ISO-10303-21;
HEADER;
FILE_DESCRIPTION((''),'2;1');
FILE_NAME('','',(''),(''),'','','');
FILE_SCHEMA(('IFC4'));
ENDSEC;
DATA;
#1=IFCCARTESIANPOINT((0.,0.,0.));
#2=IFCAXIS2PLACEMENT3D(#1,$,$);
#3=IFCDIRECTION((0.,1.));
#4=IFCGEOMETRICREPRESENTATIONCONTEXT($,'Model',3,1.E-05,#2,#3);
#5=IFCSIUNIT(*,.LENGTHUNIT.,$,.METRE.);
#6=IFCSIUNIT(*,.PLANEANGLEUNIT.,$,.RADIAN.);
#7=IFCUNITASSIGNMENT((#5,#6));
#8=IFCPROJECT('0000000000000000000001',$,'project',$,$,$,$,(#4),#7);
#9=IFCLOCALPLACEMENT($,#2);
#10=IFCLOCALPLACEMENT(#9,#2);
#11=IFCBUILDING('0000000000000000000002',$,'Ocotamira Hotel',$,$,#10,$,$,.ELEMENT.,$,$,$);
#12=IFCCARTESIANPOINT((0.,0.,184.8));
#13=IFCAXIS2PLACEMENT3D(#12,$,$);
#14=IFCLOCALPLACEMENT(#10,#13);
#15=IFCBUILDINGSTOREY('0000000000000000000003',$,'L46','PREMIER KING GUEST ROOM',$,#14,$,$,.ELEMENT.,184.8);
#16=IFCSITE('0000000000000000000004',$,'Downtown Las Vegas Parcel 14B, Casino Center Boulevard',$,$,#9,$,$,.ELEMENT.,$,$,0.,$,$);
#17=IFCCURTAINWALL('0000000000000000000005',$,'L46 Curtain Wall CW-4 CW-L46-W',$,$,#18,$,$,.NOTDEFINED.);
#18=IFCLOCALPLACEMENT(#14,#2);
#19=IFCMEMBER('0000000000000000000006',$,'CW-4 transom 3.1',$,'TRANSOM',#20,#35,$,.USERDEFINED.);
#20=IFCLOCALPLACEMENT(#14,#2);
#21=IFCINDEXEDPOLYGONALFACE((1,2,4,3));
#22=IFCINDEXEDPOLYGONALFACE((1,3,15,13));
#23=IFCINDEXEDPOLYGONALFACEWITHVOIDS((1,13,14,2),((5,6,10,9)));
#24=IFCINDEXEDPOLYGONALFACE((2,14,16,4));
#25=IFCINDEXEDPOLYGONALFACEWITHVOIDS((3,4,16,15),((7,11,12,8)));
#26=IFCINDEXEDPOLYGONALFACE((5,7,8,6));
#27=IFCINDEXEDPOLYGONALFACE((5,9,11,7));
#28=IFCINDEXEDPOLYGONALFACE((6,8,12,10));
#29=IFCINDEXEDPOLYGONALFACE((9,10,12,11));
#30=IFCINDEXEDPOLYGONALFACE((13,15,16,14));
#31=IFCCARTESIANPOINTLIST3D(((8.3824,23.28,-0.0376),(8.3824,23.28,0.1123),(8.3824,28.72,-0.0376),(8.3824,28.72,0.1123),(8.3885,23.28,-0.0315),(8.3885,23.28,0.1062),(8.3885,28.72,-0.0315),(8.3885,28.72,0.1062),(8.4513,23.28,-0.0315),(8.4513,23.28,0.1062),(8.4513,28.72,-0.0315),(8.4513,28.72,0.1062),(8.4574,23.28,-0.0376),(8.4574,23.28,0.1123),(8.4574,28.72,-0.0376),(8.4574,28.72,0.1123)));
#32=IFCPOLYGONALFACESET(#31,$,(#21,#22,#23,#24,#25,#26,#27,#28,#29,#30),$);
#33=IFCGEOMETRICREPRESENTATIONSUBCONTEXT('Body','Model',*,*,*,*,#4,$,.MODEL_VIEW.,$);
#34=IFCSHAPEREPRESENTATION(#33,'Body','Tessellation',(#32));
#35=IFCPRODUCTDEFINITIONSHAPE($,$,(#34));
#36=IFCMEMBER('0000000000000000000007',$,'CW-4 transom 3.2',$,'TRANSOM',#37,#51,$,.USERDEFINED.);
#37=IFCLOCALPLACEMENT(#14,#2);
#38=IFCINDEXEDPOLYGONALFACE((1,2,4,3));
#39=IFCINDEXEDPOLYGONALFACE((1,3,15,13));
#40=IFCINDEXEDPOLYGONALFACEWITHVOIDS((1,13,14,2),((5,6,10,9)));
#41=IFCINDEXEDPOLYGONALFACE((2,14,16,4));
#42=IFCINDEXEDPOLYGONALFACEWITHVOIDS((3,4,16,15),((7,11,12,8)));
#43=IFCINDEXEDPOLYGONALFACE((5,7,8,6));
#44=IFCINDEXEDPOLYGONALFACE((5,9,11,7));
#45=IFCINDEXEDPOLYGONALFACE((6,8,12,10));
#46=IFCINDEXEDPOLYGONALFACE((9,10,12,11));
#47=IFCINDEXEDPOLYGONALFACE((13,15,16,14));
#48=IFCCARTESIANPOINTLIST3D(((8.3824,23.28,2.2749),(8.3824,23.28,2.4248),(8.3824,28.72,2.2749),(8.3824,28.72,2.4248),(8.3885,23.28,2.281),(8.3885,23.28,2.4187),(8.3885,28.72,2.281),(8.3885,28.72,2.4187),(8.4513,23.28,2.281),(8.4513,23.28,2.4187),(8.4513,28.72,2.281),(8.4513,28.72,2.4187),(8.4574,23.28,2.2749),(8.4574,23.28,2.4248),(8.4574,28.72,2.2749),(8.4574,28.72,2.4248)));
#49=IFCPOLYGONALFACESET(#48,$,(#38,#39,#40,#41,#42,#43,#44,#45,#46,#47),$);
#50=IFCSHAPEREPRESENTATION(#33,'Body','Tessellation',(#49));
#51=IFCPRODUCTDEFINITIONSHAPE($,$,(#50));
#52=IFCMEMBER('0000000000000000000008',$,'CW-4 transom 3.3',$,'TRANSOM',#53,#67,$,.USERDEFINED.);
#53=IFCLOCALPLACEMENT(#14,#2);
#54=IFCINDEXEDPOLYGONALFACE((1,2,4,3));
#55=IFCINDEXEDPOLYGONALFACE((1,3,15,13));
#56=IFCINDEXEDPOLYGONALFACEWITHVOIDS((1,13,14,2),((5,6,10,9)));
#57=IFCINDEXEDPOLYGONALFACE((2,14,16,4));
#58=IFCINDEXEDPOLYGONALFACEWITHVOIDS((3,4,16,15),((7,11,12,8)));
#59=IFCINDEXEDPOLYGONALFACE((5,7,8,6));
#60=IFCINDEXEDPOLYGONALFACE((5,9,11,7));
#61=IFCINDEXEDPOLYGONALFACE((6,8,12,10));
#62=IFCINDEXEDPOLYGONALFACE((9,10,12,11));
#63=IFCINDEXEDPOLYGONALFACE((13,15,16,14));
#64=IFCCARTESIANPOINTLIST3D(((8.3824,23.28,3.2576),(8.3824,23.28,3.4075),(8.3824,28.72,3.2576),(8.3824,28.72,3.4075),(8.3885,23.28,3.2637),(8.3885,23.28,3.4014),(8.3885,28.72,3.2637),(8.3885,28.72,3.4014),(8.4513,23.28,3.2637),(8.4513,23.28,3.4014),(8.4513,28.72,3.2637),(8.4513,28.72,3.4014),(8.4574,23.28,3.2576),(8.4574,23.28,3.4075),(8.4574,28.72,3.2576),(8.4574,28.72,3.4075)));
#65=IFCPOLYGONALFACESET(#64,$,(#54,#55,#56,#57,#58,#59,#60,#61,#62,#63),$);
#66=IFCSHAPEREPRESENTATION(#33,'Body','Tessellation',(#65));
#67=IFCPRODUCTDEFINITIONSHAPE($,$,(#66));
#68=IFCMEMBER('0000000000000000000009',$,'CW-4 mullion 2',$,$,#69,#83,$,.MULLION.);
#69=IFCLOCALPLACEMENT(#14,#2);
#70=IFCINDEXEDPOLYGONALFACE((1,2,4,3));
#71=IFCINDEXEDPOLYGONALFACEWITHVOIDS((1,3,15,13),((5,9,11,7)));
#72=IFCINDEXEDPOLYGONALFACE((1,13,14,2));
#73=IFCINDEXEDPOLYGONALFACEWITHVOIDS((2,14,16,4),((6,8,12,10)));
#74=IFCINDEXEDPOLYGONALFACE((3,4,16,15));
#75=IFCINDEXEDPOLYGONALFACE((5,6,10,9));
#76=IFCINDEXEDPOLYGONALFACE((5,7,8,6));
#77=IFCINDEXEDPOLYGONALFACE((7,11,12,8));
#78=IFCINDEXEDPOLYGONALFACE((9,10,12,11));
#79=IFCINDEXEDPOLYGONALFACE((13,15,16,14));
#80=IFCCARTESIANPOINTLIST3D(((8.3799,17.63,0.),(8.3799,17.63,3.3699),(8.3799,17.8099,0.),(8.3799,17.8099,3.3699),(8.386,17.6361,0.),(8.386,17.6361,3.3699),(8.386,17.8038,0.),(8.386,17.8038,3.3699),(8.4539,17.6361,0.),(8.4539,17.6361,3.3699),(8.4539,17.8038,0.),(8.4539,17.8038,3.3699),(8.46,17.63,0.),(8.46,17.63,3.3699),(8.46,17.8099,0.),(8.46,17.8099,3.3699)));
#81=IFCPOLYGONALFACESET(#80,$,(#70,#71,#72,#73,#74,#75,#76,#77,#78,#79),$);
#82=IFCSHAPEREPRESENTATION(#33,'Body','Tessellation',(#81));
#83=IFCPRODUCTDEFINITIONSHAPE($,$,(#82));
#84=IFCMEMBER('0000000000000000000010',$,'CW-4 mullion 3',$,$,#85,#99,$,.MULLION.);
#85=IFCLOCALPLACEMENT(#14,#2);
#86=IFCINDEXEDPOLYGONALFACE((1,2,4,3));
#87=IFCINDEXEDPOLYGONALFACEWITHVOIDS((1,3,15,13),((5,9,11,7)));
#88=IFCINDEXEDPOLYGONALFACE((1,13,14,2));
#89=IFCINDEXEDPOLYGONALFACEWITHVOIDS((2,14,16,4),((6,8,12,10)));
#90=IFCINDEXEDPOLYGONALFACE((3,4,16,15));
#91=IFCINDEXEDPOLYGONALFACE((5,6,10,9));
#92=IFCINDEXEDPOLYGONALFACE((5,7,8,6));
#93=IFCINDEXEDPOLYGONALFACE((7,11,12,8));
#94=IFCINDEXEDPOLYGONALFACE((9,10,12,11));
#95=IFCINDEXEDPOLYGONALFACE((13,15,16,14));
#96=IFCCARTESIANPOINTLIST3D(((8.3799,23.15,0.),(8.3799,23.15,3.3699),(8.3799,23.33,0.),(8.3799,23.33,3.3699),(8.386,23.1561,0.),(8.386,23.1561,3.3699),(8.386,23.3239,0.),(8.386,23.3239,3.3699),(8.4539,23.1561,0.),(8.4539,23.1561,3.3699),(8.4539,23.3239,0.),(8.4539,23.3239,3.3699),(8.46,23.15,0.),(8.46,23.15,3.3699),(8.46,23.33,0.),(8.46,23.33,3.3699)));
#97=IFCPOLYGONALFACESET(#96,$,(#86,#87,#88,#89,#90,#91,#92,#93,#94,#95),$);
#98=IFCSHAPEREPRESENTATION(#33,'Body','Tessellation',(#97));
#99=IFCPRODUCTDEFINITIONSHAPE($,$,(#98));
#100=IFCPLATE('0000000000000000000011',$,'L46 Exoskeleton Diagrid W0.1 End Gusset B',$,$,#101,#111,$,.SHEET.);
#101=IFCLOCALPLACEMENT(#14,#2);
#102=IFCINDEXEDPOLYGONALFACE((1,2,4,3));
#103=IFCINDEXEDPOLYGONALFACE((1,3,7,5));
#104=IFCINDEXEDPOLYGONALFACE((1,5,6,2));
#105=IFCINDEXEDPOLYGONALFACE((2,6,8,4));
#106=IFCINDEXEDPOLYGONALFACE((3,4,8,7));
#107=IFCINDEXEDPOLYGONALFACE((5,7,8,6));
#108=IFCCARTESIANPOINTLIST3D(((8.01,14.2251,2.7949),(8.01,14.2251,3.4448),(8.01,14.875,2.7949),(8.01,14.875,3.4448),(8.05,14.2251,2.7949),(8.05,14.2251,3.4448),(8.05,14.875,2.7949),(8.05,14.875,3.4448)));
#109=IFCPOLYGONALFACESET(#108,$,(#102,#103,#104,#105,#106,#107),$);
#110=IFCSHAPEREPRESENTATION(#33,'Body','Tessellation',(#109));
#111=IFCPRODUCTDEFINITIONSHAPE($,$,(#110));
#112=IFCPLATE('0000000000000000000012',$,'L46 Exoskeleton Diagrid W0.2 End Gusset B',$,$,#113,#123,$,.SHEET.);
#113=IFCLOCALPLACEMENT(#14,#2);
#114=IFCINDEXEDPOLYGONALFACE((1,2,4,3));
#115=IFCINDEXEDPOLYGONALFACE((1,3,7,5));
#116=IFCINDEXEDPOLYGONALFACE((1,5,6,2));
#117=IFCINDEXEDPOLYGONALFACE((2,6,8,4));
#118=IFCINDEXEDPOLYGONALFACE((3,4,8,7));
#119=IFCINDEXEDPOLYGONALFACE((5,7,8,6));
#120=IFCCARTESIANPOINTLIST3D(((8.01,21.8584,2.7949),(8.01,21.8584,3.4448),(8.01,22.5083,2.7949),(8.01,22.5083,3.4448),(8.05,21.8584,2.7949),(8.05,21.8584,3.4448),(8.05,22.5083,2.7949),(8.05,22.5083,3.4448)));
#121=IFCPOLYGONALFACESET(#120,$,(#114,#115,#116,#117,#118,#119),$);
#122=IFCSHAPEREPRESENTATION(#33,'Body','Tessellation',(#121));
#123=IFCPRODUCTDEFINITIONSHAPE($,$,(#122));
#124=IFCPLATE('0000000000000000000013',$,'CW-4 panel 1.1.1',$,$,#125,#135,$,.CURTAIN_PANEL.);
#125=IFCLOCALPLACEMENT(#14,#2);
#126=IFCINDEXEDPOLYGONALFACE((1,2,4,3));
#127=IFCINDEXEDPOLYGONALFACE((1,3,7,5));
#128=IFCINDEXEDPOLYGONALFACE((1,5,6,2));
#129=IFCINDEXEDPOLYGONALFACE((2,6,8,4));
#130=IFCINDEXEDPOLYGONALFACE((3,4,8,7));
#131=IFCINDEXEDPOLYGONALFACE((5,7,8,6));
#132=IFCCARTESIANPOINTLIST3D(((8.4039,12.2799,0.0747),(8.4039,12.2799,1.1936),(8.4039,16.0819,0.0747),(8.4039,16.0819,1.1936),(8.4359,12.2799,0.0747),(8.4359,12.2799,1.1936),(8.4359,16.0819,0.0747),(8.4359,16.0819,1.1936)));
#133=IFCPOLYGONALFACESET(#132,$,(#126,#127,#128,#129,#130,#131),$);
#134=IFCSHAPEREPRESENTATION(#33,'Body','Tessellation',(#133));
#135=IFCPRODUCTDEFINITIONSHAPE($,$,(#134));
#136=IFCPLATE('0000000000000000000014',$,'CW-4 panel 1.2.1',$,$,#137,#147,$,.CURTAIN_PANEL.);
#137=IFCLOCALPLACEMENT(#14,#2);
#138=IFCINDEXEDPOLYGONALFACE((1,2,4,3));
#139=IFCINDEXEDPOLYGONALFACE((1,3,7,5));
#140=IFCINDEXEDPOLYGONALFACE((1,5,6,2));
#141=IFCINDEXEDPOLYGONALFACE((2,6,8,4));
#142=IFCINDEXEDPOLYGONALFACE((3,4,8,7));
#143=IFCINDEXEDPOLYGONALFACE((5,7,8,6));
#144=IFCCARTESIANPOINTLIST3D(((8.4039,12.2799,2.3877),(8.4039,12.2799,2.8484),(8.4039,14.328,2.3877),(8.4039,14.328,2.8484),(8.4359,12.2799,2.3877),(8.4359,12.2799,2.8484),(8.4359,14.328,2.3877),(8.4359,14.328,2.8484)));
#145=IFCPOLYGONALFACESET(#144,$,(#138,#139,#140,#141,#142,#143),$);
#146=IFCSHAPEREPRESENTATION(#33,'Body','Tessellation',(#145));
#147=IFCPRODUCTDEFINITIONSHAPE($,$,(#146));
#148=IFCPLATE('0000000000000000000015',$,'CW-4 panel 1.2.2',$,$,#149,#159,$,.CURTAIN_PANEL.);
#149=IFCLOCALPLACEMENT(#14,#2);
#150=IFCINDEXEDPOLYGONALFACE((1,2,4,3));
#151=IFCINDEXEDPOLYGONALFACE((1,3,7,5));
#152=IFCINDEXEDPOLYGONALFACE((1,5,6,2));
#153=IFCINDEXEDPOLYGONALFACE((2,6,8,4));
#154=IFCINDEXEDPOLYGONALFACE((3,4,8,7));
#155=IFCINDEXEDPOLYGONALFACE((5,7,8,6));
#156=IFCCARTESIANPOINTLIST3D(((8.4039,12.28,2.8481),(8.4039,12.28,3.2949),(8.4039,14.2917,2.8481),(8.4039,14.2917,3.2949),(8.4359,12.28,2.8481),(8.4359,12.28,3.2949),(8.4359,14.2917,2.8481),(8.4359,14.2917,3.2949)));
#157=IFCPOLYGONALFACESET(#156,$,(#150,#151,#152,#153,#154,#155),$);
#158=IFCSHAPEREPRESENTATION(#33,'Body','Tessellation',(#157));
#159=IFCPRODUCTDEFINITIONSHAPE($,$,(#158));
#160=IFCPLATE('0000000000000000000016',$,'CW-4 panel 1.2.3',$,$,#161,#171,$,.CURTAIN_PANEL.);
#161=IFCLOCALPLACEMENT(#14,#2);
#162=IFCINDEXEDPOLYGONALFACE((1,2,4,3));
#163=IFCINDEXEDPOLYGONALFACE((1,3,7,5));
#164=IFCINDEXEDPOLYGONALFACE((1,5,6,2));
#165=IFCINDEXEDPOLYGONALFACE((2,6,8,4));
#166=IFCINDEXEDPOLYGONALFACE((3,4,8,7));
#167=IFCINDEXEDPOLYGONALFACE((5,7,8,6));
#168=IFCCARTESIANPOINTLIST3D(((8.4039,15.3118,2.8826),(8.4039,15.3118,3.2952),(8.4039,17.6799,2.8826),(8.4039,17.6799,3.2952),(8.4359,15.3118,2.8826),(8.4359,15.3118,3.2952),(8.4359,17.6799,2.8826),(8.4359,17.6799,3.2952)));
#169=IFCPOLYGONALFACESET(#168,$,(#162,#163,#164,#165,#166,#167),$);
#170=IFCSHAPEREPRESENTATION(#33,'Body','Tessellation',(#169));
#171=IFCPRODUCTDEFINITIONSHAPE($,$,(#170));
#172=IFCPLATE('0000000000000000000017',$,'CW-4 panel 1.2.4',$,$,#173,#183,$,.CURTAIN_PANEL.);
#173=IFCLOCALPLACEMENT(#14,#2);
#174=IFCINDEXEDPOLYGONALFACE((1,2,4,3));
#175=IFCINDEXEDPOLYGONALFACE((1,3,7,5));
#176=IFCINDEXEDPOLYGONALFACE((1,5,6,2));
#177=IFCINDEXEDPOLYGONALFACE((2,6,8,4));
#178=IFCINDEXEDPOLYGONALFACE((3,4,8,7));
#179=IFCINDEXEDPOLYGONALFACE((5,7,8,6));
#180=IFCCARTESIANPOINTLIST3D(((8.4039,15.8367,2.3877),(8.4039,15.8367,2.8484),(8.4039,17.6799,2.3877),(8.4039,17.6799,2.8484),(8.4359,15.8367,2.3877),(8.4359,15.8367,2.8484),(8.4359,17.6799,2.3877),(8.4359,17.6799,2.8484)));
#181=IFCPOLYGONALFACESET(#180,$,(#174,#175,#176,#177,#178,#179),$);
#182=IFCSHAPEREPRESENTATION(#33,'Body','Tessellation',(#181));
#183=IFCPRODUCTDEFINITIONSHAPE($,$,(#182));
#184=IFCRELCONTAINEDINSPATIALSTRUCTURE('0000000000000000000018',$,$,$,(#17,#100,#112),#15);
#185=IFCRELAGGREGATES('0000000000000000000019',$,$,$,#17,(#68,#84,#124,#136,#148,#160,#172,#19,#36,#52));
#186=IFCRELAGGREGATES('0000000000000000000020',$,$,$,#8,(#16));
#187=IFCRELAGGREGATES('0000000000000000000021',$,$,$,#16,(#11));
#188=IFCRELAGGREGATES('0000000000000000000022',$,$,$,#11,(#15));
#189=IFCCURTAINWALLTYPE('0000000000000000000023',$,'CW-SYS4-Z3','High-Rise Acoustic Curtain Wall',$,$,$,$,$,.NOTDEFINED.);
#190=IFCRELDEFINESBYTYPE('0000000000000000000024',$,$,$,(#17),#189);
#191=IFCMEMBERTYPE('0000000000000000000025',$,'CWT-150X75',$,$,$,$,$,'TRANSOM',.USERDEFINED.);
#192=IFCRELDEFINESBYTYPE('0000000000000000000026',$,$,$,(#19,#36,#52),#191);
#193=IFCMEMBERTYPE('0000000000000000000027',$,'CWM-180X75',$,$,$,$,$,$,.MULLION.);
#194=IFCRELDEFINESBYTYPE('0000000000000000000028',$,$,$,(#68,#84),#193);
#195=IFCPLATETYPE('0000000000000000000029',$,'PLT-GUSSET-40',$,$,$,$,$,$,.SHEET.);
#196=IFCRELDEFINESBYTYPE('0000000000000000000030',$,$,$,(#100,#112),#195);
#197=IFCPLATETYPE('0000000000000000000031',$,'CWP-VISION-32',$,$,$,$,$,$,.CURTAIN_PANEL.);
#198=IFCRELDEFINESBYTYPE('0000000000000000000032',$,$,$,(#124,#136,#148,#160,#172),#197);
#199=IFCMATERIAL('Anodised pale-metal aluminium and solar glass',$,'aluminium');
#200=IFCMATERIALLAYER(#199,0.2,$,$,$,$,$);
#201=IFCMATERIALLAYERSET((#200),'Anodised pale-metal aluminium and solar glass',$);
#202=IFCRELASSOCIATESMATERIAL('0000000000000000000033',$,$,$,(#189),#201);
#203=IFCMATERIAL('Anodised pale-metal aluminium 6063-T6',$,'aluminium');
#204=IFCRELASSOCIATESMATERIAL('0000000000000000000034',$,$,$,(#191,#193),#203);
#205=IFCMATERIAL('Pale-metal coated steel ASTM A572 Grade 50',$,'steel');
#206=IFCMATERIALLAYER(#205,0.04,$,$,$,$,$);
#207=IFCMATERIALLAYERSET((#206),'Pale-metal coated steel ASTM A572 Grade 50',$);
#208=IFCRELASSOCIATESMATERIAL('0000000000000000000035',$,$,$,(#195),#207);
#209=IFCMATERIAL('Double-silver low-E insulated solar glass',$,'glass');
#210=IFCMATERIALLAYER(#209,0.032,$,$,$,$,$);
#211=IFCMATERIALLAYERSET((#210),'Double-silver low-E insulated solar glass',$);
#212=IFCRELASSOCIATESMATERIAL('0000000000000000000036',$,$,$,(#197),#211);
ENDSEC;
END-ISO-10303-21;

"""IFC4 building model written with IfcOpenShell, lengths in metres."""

from ifc_helpers import new_model, si_unit, direction, frame, origin, origin_2d, place, context, subcontext, project, spatial, rectangle, hollow_rectangle, extrude, source, transform, mapped, material, layer, layer_set, material_profile, profile_set, type_object, element, aggregate, save


model = new_model("IFC4")

# Units and contexts
model_context = context("Model", 3, precision=1e-05, world=origin(), true_north=direction((0.0, 1.0)))
body_context = subcontext(model_context, "Body", "Model", "MODEL_VIEW")
ifc_project = project(units=[si_unit("LENGTHUNIT", "METRE"), si_unit("PLANEANGLEUNIT", "RADIAN")], contexts=[model_context])

# Site, building, storey
site_placement = place(None, origin())
site = spatial("IfcSite", under=ifc_project, at=site_placement, Name="Downtown Las Vegas Parcel 14B, Casino Center Boulevard", CompositionType="ELEMENT", RefElevation=0.0)
building_placement = place(site_placement, origin())
building = spatial("IfcBuilding", under=site, at=building_placement, Name="Ocotamira Hotel", CompositionType="ELEMENT")
storey_placement = place(building_placement, frame((0.0, 0.0, 184.8)))
storey = spatial("IfcBuildingStorey", under=building, at=storey_placement, Name="L46", Description="PREMIER KING GUEST ROOM", CompositionType="ELEMENT", Elevation=184.8)

# Curtain wall, members
ifc_material_1 = material(Name="Anodised pale-metal aluminium and solar glass", Category="aluminium")
ifc_layer_1 = layer(ifc_material_1, 0.2)
ifc_layer_set_1 = layer_set([ifc_layer_1], Name="Anodised pale-metal aluminium and solar glass")
curtain_wall_type = type_object("IfcCurtainWallType", Name="CW-SYS4-Z3", Description="High-Rise Acoustic Curtain Wall", PredefinedType="NOTDEFINED", material=ifc_layer_set_1)
curtain_wall_placement = place(storey_placement, origin())
curtain_wall = element("IfcCurtainWall", 1, at=curtain_wall_placement, inside=storey, type_object=curtain_wall_type, Name="L46 Curtain Wall CW-4 CW-L46-W", PredefinedType="NOTDEFINED")
ifc_material_2 = material(Name="Anodised pale-metal aluminium 6063-T6", Category="aluminium")
ifc_material_profile_1 = material_profile(ifc_material_2, hollow_rectangle(XDim=0.075, YDim=0.1499, WallThickness=0.0061, at=origin_2d()), Name="HSS150X75X6")
ifc_profile_set_1 = profile_set([ifc_material_profile_1], Name="Anodised pale-metal aluminium 6063-T6")
member_type_1 = type_object("IfcMemberType", Name="CWT-150X75", ElementType="TRANSOM", PredefinedType="USERDEFINED", material=ifc_profile_set_1)
shared_shape_1 = source(origin(), body_context, "Body", "SweptSolid", [
    extrude(hollow_rectangle(XDim=0.075, YDim=0.1499, WallThickness=0.0061, at=origin_2d()), origin(), (0.0, 0.0, 1.0), 5.4399),
])
member_1_placement = place(storey_placement, frame((8.4199, 23.28, 0.0374), z_axis=(0.0, 1.0, 0.0), x_axis=(-1.0, 0.0, 0.0)))
member_1 = element("IfcMember", 2, at=member_1_placement, type_object=member_type_1, Name="CW-4 transom 3.1", ObjectType="TRANSOM", PredefinedType="USERDEFINED", context=body_context, shape_type="MappedRepresentation", body=[
    mapped(shared_shape_1, transform((0.0, 0.0, 0.0), scale=1.0)),
])
member_2_placement = place(storey_placement, frame((8.4199, 23.28, 2.3499), z_axis=(0.0, 1.0, 0.0), x_axis=(-1.0, 0.0, 0.0)))
member_2 = element("IfcMember", 3, at=member_2_placement, type_object=member_type_1, Name="CW-4 transom 3.2", ObjectType="TRANSOM", PredefinedType="USERDEFINED", context=body_context, shape_type="MappedRepresentation", body=[
    mapped(shared_shape_1, transform((0.0, 0.0, 0.0), scale=1.0)),
])
member_3_placement = place(storey_placement, frame((8.4199, 23.28, 3.3325), z_axis=(0.0, 1.0, 0.0), x_axis=(-1.0, 0.0, 0.0)))
member_3 = element("IfcMember", 4, at=member_3_placement, type_object=member_type_1, Name="CW-4 transom 3.3", ObjectType="TRANSOM", PredefinedType="USERDEFINED", context=body_context, shape_type="MappedRepresentation", body=[
    mapped(shared_shape_1, transform((0.0, 0.0, 0.0), scale=1.0)),
])
ifc_material_profile_2 = material_profile(ifc_material_2, hollow_rectangle(XDim=0.0801, YDim=0.1799, WallThickness=0.0061, at=origin_2d()), Name="HSS180X80X6")
ifc_profile_set_2 = profile_set([ifc_material_profile_2], Name="Anodised pale-metal aluminium 6063-T6")
member_type_2 = type_object("IfcMemberType", Name="CWM-180X75", PredefinedType="MULLION", material=ifc_profile_set_2)
shared_shape_2 = source(origin(), body_context, "Body", "SweptSolid", [
    extrude(hollow_rectangle(XDim=0.0801, YDim=0.1799, WallThickness=0.0061, at=origin_2d()), origin(), (0.0, 0.0, 1.0), 3.3699),
])
member_4_placement = place(storey_placement, frame((8.4199, 17.72, 0.0), z_axis=(0.0, 0.0, 1.0), x_axis=(-1.0, 0.0, 0.0)))
member_4 = element("IfcMember", 5, at=member_4_placement, type_object=member_type_2, Name="CW-4 mullion 2", PredefinedType="MULLION", context=body_context, shape_type="MappedRepresentation", body=[
    mapped(shared_shape_2, transform((0.0, 0.0, 0.0), scale=1.0)),
])
member_5_placement = place(storey_placement, frame((8.4199, 23.24, 0.0), z_axis=(0.0, 0.0, 1.0), x_axis=(-1.0, 0.0, 0.0)))
member_5 = element("IfcMember", 6, at=member_5_placement, type_object=member_type_2, Name="CW-4 mullion 3", PredefinedType="MULLION", context=body_context, shape_type="MappedRepresentation", body=[
    mapped(shared_shape_2, transform((0.0, 0.0, 0.0), scale=1.0)),
])

# Plates
ifc_material_3 = material(Name="Pale-metal coated steel ASTM A572 Grade 50", Category="steel")
ifc_layer_2 = layer(ifc_material_3, 0.04)
ifc_layer_set_2 = layer_set([ifc_layer_2], Name="Pale-metal coated steel ASTM A572 Grade 50")
plate_type_1 = type_object("IfcPlateType", Name="PLT-GUSSET-40", PredefinedType="SHEET", material=ifc_layer_set_2)
shared_shape_3 = source(origin(), body_context, "Body", "SweptSolid", [
    extrude(rectangle(XDim=0.04, YDim=0.6499, at=origin_2d()), origin(), (0.0, 0.0, 1.0), 0.6499),
])
for number, where, z_axis, x_axis, name in (
    (7, (8.03, 14.55, 2.7949), (0.0, 0.0, 1.0), (1.0, 0.0, 0.0), "L46 Exoskeleton Diagrid W0.1 End Gusset B"),
    (8, (8.03, 22.1833, 2.7949), (0.0, 0.0, 1.0), (1.0, 0.0, 0.0), "L46 Exoskeleton Diagrid W0.2 End Gusset B"),
):
    element("IfcPlate", number, at=place(storey_placement, frame(where, z_axis=z_axis, x_axis=x_axis)), inside=storey, type_object=plate_type_1, Name=name, PredefinedType="SHEET", context=body_context, shape_type="MappedRepresentation", body=[
        mapped(shared_shape_3, transform((0.0, 0.0, 0.0), scale=1.0)),
    ])

# Plates
ifc_material_4 = material(Name="Double-silver low-E insulated solar glass", Category="glass")
ifc_layer_3 = layer(ifc_material_4, 0.032)
ifc_layer_set_3 = layer_set([ifc_layer_3], Name="Double-silver low-E insulated solar glass")
plate_type_2 = type_object("IfcPlateType", Name="CWP-VISION-32", PredefinedType="CURTAIN_PANEL", material=ifc_layer_set_3)
shared_shape_4 = source(origin(), body_context, "Body", "SweptSolid", [
    extrude(rectangle(XDim=3.802, YDim=0.032, at=origin_2d()), origin(), (0.0, 0.0, 1.0), 1.1189),
])
plate_1_placement = place(storey_placement, frame((8.4199, 14.1809, 0.0747), z_axis=(0.0, 0.0, 1.0), x_axis=(0.0, 1.0, 0.0)))
plate_1 = element("IfcPlate", 9, at=plate_1_placement, type_object=plate_type_2, Name="CW-4 panel 1.1.1", PredefinedType="CURTAIN_PANEL", context=body_context, shape_type="MappedRepresentation", body=[
    mapped(shared_shape_4, transform((0.0, 0.0, 0.0), scale=1.0)),
])
shared_shape_5 = source(origin(), body_context, "Body", "SweptSolid", [
    extrude(rectangle(XDim=2.0481, YDim=0.032, at=origin_2d()), origin(), (0.0, 0.0, 1.0), 0.4607),
])
plate_2_placement = place(storey_placement, frame((8.4199, 13.304, 2.3877), z_axis=(0.0, 0.0, 1.0), x_axis=(0.0, 1.0, 0.0)))
plate_2 = element("IfcPlate", 10, at=plate_2_placement, type_object=plate_type_2, Name="CW-4 panel 1.2.1", PredefinedType="CURTAIN_PANEL", context=body_context, shape_type="MappedRepresentation", body=[
    mapped(shared_shape_5, transform((0.0, 0.0, 0.0), scale=1.0)),
])
shared_shape_6 = source(origin(), body_context, "Body", "SweptSolid", [
    extrude(rectangle(XDim=2.0117, YDim=0.032, at=origin_2d()), origin(), (0.0, 0.0, 1.0), 0.4468),
])
plate_3_placement = place(storey_placement, frame((8.4199, 13.2859, 2.8481), z_axis=(0.0, 0.0, 1.0), x_axis=(0.0, 1.0, 0.0)))
plate_3 = element("IfcPlate", 11, at=plate_3_placement, type_object=plate_type_2, Name="CW-4 panel 1.2.2", PredefinedType="CURTAIN_PANEL", context=body_context, shape_type="MappedRepresentation", body=[
    mapped(shared_shape_6, transform((0.0, 0.0, 0.0), scale=1.0)),
])
shared_shape_7 = source(origin(), body_context, "Body", "SweptSolid", [
    extrude(rectangle(XDim=2.3682, YDim=0.032, at=origin_2d()), origin(), (0.0, 0.0, 1.0), 0.4126),
])
plate_4_placement = place(storey_placement, frame((8.4199, 16.4958, 2.8826), z_axis=(0.0, 0.0, 1.0), x_axis=(0.0, 1.0, 0.0)))
plate_4 = element("IfcPlate", 12, at=plate_4_placement, type_object=plate_type_2, Name="CW-4 panel 1.2.3", PredefinedType="CURTAIN_PANEL", context=body_context, shape_type="MappedRepresentation", body=[
    mapped(shared_shape_7, transform((0.0, 0.0, 0.0), scale=1.0)),
])
shared_shape_8 = source(origin(), body_context, "Body", "SweptSolid", [
    extrude(rectangle(XDim=1.8433, YDim=0.032, at=origin_2d()), origin(), (0.0, 0.0, 1.0), 0.4607),
])
plate_5_placement = place(storey_placement, frame((8.4199, 16.7583, 2.3877), z_axis=(0.0, 0.0, 1.0), x_axis=(0.0, 1.0, 0.0)))
plate_5 = element("IfcPlate", 13, at=plate_5_placement, type_object=plate_type_2, Name="CW-4 panel 1.2.4", PredefinedType="CURTAIN_PANEL", context=body_context, shape_type="MappedRepresentation", body=[
    mapped(shared_shape_8, transform((0.0, 0.0, 0.0), scale=1.0)),
])
aggregate(curtain_wall, [member_4, member_5, plate_1, plate_2, plate_3, plate_4, plate_5, member_1, member_2, member_3])

save(model, "model.ifc")
